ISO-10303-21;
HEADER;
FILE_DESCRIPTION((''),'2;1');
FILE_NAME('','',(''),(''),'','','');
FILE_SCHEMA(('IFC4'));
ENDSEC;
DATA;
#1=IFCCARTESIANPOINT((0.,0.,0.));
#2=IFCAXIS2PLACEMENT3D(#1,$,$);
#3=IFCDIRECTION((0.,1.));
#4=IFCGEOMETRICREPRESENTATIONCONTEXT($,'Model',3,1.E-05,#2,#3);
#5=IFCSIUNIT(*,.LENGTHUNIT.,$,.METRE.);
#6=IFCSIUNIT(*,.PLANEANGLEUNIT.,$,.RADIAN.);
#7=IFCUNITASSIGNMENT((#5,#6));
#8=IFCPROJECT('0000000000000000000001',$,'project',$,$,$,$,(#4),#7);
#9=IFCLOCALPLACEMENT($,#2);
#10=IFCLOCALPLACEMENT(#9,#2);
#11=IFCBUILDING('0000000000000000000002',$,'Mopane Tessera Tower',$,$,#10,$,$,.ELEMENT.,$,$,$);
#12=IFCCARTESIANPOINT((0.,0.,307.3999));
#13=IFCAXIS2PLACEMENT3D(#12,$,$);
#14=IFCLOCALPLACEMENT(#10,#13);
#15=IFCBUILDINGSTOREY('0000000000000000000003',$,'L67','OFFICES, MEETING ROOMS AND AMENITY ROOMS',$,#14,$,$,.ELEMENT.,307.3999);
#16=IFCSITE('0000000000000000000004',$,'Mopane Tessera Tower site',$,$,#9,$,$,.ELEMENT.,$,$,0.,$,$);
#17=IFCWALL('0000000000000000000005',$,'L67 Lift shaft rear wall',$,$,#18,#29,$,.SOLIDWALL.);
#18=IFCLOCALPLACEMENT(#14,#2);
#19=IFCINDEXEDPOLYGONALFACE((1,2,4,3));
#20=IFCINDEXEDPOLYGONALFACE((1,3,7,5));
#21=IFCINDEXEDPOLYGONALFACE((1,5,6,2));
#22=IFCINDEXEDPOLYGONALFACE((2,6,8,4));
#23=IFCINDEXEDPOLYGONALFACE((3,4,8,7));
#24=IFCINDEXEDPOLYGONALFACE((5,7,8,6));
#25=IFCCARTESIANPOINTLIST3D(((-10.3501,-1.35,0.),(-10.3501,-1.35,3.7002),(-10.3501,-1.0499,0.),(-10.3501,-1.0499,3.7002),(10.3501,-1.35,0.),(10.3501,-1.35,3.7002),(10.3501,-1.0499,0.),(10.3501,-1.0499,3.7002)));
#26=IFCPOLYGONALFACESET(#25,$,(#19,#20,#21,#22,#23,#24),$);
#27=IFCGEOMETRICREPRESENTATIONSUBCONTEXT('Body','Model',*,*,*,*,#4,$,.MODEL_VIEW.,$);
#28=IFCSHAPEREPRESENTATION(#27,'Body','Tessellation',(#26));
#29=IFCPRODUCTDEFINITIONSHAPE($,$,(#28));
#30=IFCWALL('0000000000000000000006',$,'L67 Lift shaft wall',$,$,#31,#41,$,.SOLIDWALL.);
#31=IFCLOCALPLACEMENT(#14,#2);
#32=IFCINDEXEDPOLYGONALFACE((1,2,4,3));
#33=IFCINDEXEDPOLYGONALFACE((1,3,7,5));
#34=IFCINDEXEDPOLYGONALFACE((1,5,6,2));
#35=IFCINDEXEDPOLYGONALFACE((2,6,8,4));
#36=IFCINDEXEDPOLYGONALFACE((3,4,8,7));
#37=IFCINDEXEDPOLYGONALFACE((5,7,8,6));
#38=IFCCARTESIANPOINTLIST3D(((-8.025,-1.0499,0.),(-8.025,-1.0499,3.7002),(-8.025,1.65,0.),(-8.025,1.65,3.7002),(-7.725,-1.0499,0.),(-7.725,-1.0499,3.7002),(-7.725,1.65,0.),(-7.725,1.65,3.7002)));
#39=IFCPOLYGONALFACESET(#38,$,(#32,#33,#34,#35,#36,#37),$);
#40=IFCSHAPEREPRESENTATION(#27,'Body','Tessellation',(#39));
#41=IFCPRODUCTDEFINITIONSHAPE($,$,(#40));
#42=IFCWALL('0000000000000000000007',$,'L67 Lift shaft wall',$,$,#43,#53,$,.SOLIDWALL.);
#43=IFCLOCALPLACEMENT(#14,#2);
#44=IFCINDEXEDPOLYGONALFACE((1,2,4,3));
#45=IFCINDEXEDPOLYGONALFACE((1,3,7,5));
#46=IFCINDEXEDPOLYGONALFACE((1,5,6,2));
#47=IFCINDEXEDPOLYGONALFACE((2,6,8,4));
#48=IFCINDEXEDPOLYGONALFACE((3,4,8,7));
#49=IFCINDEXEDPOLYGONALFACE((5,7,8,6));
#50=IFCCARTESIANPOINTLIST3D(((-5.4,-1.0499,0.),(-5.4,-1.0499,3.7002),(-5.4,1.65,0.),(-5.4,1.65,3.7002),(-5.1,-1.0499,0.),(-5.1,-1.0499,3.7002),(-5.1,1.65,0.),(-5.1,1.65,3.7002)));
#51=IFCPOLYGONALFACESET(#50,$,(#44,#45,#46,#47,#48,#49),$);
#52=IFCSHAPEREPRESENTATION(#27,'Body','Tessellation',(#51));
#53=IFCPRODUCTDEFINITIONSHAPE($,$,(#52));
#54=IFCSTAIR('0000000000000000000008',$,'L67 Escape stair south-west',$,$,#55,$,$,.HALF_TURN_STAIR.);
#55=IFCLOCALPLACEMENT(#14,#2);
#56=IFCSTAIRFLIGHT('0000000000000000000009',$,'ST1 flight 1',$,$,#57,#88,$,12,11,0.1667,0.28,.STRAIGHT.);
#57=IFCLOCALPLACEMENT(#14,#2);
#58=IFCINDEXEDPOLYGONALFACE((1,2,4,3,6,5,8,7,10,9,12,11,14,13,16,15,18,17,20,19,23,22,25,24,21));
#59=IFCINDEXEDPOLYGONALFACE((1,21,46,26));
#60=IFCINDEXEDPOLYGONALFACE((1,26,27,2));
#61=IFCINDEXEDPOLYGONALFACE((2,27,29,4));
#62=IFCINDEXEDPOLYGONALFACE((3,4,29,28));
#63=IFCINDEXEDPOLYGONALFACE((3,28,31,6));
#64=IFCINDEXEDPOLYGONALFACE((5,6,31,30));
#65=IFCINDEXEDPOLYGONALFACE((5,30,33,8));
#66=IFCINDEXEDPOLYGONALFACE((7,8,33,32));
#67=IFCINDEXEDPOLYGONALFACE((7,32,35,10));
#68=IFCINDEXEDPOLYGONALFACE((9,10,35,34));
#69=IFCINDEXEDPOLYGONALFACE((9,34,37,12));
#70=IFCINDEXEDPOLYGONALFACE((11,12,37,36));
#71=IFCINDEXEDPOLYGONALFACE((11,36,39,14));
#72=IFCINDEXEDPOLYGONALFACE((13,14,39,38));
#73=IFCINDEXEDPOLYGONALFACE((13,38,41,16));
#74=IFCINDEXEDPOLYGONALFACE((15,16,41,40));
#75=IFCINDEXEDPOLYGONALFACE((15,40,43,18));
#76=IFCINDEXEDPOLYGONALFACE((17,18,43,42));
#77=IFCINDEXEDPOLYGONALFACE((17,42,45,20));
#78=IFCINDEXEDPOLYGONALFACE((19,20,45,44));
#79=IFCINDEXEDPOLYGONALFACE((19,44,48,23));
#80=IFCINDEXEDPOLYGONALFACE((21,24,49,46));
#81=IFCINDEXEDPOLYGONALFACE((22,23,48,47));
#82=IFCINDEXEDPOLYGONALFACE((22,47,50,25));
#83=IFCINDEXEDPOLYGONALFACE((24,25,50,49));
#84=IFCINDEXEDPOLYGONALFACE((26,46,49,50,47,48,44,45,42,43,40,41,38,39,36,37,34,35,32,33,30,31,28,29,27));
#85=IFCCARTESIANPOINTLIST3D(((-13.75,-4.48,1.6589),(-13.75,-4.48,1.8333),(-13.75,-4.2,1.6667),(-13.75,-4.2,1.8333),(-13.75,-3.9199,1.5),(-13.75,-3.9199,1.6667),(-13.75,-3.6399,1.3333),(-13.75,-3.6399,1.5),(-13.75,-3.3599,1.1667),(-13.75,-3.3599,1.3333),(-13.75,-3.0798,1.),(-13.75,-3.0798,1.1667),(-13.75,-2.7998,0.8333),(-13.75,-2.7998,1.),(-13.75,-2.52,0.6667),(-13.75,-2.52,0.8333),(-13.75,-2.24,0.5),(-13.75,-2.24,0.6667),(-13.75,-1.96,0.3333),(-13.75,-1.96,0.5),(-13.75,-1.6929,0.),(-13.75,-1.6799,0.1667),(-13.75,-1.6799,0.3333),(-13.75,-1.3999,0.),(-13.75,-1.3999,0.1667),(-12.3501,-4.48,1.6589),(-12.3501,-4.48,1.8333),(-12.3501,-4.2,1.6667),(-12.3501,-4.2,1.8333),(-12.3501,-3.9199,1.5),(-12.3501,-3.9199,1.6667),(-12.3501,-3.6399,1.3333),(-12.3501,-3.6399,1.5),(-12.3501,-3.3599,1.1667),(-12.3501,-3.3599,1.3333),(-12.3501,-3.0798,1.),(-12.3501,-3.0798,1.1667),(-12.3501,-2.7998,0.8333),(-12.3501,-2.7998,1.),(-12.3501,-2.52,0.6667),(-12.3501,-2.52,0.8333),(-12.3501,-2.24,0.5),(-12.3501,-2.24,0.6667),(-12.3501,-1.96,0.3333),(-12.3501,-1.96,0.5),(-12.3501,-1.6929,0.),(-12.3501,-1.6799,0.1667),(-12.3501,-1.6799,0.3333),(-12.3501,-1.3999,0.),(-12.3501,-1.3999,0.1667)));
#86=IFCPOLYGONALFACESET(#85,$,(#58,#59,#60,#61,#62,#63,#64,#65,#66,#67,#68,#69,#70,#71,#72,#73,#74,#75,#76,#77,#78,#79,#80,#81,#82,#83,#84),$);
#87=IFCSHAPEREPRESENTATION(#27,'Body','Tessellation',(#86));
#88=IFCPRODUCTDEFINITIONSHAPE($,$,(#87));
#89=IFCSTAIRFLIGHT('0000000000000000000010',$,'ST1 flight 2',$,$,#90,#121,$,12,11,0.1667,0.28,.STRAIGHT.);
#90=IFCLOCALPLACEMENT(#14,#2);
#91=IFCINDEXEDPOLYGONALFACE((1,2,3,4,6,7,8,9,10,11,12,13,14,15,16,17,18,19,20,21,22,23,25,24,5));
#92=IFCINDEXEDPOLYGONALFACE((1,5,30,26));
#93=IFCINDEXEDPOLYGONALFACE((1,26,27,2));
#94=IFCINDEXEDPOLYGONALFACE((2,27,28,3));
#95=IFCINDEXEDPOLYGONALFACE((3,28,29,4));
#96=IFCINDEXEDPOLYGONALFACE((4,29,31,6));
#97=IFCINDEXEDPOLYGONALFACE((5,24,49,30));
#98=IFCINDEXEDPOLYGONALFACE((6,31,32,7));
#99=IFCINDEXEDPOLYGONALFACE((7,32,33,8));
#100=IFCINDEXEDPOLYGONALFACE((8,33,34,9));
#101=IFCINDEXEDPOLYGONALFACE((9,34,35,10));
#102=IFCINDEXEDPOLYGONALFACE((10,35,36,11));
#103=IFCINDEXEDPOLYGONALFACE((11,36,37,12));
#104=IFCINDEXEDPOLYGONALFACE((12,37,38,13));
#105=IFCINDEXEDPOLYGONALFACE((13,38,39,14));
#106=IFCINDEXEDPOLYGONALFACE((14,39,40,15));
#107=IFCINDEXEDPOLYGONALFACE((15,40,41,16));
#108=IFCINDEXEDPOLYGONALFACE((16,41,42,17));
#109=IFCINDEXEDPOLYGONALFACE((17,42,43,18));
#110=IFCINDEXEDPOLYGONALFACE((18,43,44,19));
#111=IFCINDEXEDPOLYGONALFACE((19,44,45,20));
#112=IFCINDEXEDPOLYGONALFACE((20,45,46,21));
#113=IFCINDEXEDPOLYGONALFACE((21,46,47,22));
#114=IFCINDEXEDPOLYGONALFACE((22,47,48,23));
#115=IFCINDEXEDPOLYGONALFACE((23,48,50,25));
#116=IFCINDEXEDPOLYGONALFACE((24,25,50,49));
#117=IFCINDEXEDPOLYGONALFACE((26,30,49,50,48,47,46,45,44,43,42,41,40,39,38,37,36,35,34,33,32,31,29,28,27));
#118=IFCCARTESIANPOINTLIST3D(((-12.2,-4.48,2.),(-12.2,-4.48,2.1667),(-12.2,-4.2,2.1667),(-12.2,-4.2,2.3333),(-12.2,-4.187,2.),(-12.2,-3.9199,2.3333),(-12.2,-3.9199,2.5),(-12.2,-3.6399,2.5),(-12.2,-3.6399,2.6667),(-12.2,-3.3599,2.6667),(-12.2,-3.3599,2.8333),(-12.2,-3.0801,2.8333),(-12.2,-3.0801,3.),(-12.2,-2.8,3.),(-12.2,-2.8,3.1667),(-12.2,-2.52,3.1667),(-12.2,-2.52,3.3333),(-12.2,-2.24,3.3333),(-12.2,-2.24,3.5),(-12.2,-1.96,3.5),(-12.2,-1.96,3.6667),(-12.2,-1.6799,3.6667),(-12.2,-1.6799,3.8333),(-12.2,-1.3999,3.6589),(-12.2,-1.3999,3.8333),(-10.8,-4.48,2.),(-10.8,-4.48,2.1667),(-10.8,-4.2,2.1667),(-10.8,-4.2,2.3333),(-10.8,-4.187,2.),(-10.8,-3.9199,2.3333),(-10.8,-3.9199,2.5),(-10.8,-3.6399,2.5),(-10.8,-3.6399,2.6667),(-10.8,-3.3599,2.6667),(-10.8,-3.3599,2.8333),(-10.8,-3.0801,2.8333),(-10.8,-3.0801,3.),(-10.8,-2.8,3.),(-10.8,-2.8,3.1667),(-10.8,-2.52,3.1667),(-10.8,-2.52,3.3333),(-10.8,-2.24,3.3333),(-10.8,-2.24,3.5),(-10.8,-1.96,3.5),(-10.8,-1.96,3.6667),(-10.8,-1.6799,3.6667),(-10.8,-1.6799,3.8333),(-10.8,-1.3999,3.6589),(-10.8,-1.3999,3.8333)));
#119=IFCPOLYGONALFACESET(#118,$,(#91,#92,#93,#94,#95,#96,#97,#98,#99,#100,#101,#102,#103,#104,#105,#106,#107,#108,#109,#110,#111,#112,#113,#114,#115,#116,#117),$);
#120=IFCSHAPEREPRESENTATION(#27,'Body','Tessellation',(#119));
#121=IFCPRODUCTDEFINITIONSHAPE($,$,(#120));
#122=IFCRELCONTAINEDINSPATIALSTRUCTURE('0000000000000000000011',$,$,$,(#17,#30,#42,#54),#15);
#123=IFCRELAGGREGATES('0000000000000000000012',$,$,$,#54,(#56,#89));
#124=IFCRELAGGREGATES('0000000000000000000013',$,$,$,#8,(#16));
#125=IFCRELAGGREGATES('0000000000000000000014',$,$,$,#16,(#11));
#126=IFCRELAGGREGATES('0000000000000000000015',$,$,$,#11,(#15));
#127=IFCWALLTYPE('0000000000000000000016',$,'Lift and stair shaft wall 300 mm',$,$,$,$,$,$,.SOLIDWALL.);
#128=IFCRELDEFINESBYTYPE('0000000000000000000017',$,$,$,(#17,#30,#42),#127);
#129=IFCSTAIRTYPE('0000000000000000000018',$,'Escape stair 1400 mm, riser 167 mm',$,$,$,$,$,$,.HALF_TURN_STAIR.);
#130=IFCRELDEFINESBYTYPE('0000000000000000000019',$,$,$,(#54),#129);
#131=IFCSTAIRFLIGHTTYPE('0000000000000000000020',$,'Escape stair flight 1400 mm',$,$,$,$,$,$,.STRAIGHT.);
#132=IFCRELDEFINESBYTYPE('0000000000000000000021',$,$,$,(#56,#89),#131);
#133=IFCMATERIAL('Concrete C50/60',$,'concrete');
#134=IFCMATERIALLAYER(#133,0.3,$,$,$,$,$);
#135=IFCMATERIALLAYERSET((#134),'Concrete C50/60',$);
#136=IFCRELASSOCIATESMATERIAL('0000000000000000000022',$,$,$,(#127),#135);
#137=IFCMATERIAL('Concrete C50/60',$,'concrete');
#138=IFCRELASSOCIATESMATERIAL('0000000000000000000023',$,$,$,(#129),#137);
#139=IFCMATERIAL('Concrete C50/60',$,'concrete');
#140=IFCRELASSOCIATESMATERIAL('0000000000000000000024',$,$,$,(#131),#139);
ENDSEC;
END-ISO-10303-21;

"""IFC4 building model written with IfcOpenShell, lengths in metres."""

from ifc_helpers import new_model, si_unit, direction, frame, frame_2d, origin, place, context, subcontext, project, spatial, polyline, rectangle, outline, extrude, material, layer, layer_set, type_object, element, aggregate, save


model = new_model("IFC4")

# Units and contexts
model_context = context("Model", 3, precision=1e-05, world=origin(), true_north=direction((0.0, 1.0)))
body_context = subcontext(model_context, "Body", "Model", "MODEL_VIEW")
ifc_project = project(units=[si_unit("LENGTHUNIT", "METRE"), si_unit("PLANEANGLEUNIT", "RADIAN")], contexts=[model_context])

# Site, building, storey
site_placement = place(None, origin())
site = spatial("IfcSite", under=ifc_project, at=site_placement, Name="Mopane Tessera Tower site", CompositionType="ELEMENT", RefElevation=0.0)
building_placement = place(site_placement, origin())
building = spatial("IfcBuilding", under=site, at=building_placement, Name="Mopane Tessera Tower", CompositionType="ELEMENT")
storey_placement = place(building_placement, frame((0.0, 0.0, 307.3999)))
storey = spatial("IfcBuildingStorey", under=building, at=storey_placement, Name="L67", Description="OFFICES, MEETING ROOMS AND AMENITY ROOMS", CompositionType="ELEMENT", Elevation=307.3999)

# Walls
ifc_material_1 = material(Name="Concrete C50/60", Category="concrete")
ifc_layer_1 = layer(ifc_material_1, 0.3)
ifc_layer_set_1 = layer_set([ifc_layer_1], Name="Concrete C50/60")
wall_type_1 = type_object("IfcWallType", Name="Lift and stair shaft wall 300 mm", PredefinedType="SOLIDWALL", material=ifc_layer_set_1)
wall_1_placement = place(storey_placement, frame((-10.3501, -1.2, 0.0), z_axis=(0.0, 0.0, 1.0), x_axis=(1.0, 0.0, 0.0)))
element("IfcWall", 1, at=wall_1_placement, inside=storey, type_object=wall_type_1, Name="L67 Lift shaft rear wall", PredefinedType="SOLIDWALL", context=body_context, shape_type="SweptSolid", body=[
    extrude(rectangle(XDim=20.7002, YDim=0.3, at=frame_2d((10.3501, 0.0))), origin(), (0.0, 0.0, 1.0), 3.7002),
])
for number, where, z_axis, x_axis, name in (
    (2, (-7.875, -1.05, 0.0), (0.0, 0.0, 1.0), (0.0, 1.0, 0.0), "L67 Lift shaft wall"),
    (3, (-5.25, -1.05, 0.0), (0.0, 0.0, 1.0), (0.0, 1.0, 0.0), "L67 Lift shaft wall"),
):
    element("IfcWall", number, at=place(storey_placement, frame(where, z_axis=z_axis, x_axis=x_axis)), inside=storey, type_object=wall_type_1, Name=name, PredefinedType="SOLIDWALL", context=body_context, shape_type="SweptSolid", body=[
        extrude(rectangle(XDim=2.7, YDim=0.3, at=frame_2d((1.3501, 0.0))), origin(), (0.0, 0.0, 1.0), 3.7002),
    ])

# Stair, stair flights
ifc_material_2 = material(Name="Concrete C50/60", Category="concrete")
stair_type = type_object("IfcStairType", Name="Escape stair 1400 mm, riser 167 mm", PredefinedType="HALF_TURN_STAIR", material=ifc_material_2)
stair_placement = place(storey_placement, origin())
stair = element("IfcStair", 4, at=stair_placement, inside=storey, type_object=stair_type, Name="L67 Escape stair south-west", PredefinedType="HALF_TURN_STAIR")
ifc_material_3 = material(Name="Concrete C50/60", Category="concrete")
stair_flight_type = type_object("IfcStairFlightType", Name="Escape stair flight 1400 mm", PredefinedType="STRAIGHT", material=ifc_material_3)
stair_flight_1_placement = place(storey_placement, frame((-13.05, -1.3999, 0.0), z_axis=(0.0, 0.0, 1.0), x_axis=(0.0, -1.0, 0.0)))
stair_flight_1 = element("IfcStairFlight", 5, at=stair_flight_1_placement, type_object=stair_flight_type, Name="ST1 flight 1", NumberOfRisers=12, NumberOfTreads=11, PredefinedType="STRAIGHT", RiserHeight=0.1667, TreadLength=0.28, context=body_context, shape_type="SweptSolid", body=[
    extrude(outline(polyline([(0.0, 0.0), (0.0, 0.1667), (0.28, 0.1667), (0.28, 0.3333), (0.5601, 0.3333), (0.5601, 0.5), (0.8401, 0.5), (0.8401, 0.6667), (1.1201, 0.6667), (1.1201, 0.8333), (1.3999, 0.8333), (1.3999, 1.0), (1.6799, 1.0), (1.6799, 1.1667), (1.96, 1.1667), (1.96, 1.3333), (2.24, 1.3333), (2.24, 1.5), (2.52, 1.5), (2.52, 1.6667), (2.8, 1.6667), (2.8, 1.8333), (3.0801, 1.8333), (3.0801, 2.0), (3.0801, 1.6589), (0.293, 0.0), (0.0, 0.0)])), frame((0.0, 0.7, 0.0), z_axis=(0.0, -1.0, 0.0), x_axis=(1.0, 0.0, 0.0)), (0.0, 0.0, 1.0), 1.3999),
])
stair_flight_2_placement = place(storey_placement, frame((-11.5, -4.48, 2.0), z_axis=(0.0, 0.0, 1.0), x_axis=(0.0, 1.0, 0.0)))
stair_flight_2 = element("IfcStairFlight", 6, at=stair_flight_2_placement, type_object=stair_flight_type, Name="ST1 flight 2", NumberOfRisers=12, NumberOfTreads=11, PredefinedType="STRAIGHT", RiserHeight=0.1667, TreadLength=0.28, context=body_context, shape_type="SweptSolid", body=[
    extrude(outline(polyline([(0.0, 0.0), (0.0, 0.1667), (0.28, 0.1667), (0.28, 0.3333), (0.5601, 0.3333), (0.5601, 0.5), (0.8401, 0.5), (0.8401, 0.6667), (1.1201, 0.6667), (1.1201, 0.8333), (1.3999, 0.8333), (1.3999, 1.0), (1.6799, 1.0), (1.6799, 1.1667), (1.96, 1.1667), (1.96, 1.3333), (2.24, 1.3333), (2.24, 1.5), (2.52, 1.5), (2.52, 1.6667), (2.8, 1.6667), (2.8, 1.8333), (3.0801, 1.8333), (3.0801, 2.0), (3.0801, 1.6589), (0.293, 0.0), (0.0, 0.0)])), frame((0.0, 0.7, 0.0), z_axis=(0.0, -1.0, 0.0), x_axis=(1.0, 0.0, 0.0)), (0.0, 0.0, 1.0), 1.3999),
])
aggregate(stair, [stair_flight_1, stair_flight_2])

save(model, "model.ifc")
